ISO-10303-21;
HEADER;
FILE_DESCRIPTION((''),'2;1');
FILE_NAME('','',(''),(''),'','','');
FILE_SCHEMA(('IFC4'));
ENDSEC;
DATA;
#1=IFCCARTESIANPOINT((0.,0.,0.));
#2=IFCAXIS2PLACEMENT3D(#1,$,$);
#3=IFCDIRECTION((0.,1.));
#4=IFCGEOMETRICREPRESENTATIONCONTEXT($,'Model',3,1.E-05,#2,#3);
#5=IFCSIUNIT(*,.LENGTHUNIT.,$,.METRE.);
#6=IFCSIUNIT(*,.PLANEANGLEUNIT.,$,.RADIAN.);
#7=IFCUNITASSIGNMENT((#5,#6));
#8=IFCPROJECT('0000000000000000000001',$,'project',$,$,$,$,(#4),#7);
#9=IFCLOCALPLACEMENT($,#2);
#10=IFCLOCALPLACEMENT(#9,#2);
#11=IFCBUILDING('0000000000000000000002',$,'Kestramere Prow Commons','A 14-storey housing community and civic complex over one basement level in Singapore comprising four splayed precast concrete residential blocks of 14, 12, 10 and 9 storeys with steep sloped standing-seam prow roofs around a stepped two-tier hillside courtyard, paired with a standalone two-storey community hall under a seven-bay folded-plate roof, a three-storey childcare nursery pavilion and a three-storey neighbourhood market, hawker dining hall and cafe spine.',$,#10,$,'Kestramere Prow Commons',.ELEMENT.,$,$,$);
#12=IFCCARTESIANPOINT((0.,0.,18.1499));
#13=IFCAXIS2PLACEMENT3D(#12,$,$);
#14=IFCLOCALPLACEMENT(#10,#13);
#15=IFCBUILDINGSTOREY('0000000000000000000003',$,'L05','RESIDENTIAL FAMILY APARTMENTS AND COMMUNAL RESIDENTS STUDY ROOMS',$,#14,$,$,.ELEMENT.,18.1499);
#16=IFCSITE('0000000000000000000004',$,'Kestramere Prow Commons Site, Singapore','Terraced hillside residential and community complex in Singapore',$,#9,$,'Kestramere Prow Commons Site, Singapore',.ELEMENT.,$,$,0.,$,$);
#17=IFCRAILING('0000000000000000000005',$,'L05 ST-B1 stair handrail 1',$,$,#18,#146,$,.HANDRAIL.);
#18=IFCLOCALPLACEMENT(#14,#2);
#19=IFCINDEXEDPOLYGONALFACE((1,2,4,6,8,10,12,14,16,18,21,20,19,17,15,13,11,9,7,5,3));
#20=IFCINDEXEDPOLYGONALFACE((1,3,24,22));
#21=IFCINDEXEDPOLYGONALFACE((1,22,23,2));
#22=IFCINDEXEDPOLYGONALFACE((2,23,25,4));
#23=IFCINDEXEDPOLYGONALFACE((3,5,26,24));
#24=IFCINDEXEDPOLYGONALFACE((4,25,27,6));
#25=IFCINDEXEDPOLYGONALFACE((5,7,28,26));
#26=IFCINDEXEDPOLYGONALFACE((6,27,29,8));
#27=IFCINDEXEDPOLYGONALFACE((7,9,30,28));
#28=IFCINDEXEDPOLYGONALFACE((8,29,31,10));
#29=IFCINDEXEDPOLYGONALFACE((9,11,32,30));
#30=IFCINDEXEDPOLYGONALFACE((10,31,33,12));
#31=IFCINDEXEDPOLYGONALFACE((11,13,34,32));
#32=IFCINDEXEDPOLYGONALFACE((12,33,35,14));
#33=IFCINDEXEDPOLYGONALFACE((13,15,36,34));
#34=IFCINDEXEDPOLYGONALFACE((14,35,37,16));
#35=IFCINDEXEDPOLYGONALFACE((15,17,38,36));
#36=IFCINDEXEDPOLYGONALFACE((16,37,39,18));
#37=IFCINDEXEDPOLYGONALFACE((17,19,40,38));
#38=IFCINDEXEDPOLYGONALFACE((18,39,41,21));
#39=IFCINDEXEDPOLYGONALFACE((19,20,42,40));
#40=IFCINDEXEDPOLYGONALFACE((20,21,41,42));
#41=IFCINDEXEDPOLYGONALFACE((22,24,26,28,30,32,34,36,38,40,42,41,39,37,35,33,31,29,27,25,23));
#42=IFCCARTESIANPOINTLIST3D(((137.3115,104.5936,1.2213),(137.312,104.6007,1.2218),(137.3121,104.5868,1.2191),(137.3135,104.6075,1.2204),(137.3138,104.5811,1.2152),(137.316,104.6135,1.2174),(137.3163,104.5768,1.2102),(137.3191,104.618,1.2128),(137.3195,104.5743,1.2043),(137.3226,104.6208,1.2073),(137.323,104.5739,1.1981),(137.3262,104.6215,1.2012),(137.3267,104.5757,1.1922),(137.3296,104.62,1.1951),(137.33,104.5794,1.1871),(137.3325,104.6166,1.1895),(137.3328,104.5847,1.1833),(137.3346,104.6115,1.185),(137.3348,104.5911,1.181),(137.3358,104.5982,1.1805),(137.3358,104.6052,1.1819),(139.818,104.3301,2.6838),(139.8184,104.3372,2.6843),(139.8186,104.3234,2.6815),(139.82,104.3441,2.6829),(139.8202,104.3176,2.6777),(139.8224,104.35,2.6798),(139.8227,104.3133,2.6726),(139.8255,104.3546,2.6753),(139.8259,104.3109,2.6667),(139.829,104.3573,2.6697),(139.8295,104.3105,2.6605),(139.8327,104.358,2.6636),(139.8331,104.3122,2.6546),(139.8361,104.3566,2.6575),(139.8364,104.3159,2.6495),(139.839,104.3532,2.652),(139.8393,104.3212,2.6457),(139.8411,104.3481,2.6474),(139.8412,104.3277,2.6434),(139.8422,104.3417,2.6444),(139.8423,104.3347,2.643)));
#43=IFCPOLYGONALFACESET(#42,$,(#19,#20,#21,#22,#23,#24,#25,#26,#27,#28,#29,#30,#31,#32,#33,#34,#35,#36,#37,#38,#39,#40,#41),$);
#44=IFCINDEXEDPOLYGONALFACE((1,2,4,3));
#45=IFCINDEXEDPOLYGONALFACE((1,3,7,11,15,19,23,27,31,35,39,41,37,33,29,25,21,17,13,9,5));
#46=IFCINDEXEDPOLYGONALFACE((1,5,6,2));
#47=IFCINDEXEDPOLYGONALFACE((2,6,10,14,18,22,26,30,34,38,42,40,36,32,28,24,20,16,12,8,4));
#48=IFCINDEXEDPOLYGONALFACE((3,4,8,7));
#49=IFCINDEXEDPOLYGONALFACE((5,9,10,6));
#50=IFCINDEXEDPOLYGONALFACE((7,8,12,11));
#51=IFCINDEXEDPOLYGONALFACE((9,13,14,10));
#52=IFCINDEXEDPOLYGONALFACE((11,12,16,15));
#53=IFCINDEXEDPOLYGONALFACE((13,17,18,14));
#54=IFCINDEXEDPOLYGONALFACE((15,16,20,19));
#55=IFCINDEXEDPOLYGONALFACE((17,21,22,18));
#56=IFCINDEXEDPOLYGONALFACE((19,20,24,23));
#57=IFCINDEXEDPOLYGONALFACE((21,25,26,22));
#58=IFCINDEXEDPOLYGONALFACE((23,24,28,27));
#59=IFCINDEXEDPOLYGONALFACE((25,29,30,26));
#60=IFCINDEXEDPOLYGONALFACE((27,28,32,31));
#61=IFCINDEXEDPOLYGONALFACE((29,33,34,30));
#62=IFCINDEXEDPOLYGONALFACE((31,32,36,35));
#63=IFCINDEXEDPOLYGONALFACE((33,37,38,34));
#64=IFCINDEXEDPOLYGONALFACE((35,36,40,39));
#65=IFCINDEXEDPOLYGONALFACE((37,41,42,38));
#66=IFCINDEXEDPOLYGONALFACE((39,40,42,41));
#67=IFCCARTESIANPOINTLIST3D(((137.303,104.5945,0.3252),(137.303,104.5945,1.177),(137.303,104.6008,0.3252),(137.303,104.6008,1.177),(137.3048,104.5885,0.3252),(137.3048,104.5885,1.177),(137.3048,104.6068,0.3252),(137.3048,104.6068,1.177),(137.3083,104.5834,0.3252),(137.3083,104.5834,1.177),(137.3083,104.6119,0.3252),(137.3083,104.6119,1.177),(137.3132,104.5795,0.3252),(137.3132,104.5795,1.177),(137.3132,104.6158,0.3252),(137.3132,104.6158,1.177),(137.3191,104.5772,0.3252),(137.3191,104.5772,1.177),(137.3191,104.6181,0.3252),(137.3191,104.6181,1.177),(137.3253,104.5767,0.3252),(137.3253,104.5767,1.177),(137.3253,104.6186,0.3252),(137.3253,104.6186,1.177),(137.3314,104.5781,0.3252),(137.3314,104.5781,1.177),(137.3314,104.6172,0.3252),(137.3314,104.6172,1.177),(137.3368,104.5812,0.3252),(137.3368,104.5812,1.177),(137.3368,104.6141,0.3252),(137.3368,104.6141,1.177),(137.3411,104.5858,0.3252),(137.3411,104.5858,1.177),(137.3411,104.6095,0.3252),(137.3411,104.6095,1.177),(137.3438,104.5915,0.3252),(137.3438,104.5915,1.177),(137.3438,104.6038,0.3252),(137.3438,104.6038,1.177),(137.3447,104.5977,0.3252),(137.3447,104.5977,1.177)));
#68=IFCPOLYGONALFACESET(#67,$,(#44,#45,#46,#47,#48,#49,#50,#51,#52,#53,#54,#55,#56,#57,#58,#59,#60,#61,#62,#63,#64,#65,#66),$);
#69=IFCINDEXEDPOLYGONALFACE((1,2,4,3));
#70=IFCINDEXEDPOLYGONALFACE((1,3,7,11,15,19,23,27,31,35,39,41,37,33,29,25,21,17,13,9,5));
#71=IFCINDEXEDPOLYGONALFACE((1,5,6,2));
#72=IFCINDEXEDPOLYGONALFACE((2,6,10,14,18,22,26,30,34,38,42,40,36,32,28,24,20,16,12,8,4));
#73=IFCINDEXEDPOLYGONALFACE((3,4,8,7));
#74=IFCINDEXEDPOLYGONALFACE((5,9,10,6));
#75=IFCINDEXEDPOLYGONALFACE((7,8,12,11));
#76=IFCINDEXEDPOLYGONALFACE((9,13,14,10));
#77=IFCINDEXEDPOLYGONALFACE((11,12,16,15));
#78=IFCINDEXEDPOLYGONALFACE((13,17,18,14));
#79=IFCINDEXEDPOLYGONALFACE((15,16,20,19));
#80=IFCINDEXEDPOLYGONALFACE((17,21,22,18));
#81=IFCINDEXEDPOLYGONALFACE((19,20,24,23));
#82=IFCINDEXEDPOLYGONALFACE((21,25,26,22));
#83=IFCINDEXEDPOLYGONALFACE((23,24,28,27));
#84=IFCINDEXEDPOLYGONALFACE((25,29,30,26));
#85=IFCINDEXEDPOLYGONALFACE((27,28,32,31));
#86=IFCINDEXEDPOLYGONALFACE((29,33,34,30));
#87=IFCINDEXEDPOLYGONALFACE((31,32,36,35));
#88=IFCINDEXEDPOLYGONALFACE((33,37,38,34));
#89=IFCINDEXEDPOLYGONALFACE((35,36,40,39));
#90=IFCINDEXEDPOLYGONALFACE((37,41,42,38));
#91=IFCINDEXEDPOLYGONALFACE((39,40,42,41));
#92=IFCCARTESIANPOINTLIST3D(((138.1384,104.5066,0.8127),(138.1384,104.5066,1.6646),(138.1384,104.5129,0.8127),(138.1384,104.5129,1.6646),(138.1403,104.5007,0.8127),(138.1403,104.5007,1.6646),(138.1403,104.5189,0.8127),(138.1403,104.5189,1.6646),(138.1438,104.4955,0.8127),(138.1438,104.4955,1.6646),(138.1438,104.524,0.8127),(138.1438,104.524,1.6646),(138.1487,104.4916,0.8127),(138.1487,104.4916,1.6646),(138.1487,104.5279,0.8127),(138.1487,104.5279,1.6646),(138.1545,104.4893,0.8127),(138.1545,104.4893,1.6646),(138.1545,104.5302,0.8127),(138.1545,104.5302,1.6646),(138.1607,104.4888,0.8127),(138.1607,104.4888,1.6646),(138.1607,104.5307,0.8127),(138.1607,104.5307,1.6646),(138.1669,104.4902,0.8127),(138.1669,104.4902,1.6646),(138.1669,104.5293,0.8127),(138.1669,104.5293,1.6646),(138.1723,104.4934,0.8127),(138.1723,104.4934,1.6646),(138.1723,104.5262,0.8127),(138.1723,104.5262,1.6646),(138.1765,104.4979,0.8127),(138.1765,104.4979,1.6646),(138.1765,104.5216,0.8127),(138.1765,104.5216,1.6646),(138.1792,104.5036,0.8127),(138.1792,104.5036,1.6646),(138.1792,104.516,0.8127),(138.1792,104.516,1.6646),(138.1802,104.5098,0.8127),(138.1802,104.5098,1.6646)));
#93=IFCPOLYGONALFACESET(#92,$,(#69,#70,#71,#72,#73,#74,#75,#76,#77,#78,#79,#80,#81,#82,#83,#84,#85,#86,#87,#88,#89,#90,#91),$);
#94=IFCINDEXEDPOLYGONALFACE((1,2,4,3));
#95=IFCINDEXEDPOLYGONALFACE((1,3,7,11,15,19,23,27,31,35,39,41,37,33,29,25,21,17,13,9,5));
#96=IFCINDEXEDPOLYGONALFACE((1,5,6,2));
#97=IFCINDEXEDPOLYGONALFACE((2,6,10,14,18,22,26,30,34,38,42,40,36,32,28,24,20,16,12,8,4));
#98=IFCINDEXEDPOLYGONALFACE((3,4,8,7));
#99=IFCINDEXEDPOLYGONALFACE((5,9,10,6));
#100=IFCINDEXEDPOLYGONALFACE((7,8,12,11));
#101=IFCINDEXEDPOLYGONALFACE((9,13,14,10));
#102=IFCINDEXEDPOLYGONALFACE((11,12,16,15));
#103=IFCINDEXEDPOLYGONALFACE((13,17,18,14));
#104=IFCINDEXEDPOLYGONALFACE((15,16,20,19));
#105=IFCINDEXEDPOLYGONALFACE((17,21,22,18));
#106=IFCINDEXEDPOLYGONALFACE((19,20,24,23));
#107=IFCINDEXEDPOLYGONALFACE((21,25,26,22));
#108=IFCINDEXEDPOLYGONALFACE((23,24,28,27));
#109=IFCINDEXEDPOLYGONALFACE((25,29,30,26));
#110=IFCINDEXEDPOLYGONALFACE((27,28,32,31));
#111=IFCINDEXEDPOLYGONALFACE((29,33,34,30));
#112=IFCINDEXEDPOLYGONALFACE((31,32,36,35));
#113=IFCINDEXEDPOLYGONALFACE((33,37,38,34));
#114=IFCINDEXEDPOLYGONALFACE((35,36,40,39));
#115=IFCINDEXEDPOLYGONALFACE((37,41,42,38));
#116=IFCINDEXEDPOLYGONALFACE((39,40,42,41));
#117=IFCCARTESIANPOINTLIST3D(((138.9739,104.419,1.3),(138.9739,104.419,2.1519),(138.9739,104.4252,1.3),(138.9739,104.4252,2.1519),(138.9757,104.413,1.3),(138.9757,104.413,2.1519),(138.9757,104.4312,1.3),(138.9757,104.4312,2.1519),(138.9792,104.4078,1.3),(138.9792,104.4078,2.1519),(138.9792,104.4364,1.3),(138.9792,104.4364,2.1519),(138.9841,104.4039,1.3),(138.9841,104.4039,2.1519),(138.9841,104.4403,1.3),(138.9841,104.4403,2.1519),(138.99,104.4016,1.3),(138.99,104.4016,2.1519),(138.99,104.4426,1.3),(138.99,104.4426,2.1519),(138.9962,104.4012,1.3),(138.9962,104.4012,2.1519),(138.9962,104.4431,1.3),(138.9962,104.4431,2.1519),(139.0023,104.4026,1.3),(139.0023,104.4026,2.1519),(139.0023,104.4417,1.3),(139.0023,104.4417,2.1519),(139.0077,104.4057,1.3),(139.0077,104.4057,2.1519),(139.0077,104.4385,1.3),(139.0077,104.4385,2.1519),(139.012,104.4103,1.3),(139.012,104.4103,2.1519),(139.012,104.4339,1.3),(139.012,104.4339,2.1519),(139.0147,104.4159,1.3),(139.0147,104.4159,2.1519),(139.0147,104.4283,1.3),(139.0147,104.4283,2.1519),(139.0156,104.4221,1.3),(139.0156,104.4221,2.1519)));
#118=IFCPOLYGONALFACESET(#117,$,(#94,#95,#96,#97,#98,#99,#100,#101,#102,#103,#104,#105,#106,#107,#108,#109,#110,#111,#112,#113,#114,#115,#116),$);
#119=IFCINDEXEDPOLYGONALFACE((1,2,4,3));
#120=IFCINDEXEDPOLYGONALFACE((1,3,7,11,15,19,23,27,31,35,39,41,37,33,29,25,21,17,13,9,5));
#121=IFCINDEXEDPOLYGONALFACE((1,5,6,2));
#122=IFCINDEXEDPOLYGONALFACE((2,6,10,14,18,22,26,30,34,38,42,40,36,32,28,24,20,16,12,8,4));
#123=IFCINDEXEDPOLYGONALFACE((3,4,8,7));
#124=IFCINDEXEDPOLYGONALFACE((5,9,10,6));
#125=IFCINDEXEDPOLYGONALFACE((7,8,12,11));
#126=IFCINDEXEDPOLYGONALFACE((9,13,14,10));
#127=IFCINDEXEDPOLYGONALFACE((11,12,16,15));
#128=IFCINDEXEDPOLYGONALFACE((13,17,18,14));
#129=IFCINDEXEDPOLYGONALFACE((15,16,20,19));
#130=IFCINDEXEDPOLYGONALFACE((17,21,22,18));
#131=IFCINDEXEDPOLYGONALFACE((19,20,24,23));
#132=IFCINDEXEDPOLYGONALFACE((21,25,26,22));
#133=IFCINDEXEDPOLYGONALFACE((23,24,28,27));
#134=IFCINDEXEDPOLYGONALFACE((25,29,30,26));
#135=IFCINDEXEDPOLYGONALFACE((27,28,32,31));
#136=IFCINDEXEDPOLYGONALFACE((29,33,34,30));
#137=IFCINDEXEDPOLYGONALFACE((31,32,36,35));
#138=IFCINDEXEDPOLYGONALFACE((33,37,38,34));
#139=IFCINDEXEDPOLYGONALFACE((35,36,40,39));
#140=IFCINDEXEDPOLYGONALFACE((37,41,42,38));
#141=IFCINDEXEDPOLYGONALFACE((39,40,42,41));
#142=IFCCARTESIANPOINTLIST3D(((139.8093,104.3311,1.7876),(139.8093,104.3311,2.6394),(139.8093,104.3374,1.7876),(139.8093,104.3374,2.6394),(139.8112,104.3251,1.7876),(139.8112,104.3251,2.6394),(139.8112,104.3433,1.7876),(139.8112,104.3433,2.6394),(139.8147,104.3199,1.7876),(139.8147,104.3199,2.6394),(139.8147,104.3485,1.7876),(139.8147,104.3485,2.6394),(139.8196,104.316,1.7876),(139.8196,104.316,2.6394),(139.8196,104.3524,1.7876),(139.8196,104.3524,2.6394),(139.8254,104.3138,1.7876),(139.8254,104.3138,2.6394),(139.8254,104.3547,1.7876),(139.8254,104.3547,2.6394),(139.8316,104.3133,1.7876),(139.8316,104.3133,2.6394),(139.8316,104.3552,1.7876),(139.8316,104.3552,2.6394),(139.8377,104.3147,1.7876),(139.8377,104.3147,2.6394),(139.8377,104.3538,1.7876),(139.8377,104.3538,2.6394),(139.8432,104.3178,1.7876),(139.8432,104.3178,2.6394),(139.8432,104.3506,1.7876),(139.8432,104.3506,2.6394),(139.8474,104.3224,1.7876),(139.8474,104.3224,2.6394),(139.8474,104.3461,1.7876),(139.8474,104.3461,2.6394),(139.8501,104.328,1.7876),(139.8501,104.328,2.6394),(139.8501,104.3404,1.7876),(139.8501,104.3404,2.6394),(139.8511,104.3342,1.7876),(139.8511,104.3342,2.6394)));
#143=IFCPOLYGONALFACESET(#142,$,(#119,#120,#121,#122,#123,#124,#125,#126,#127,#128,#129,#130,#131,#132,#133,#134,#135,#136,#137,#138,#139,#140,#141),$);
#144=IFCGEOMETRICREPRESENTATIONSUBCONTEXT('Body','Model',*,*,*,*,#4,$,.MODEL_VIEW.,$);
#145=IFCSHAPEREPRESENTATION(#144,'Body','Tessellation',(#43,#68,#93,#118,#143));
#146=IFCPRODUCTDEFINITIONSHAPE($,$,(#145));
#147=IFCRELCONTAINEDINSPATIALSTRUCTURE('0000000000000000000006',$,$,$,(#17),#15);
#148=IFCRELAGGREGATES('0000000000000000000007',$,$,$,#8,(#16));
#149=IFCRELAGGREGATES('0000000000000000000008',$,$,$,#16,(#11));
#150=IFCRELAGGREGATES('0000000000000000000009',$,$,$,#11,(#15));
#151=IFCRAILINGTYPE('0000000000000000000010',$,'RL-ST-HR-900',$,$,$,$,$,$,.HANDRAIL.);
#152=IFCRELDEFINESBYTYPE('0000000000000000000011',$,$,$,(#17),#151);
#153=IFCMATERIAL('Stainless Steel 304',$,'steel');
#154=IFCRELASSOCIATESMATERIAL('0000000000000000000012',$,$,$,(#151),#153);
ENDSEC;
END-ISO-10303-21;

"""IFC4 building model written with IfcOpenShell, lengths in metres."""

from ifc_helpers import new_model, si_unit, direction, frame, origin, origin_2d, place, context, subcontext, project, spatial, circle, extrude, material, type_object, element, save


model = new_model("IFC4")

# Units and contexts
model_context = context("Model", 3, precision=1e-05, world=origin(), true_north=direction((0.0, 1.0)))
body_context = subcontext(model_context, "Body", "Model", "MODEL_VIEW")
ifc_project = project(units=[si_unit("LENGTHUNIT", "METRE"), si_unit("PLANEANGLEUNIT", "RADIAN")], contexts=[model_context])

# Site, building, storey
site_placement = place(None, origin())
site = spatial("IfcSite", under=ifc_project, at=site_placement, Name="Kestramere Prow Commons Site, Singapore", Description="Terraced hillside residential and community complex in Singapore", LongName="Kestramere Prow Commons Site, Singapore", CompositionType="ELEMENT", RefElevation=0.0)
building_placement = place(site_placement, origin())
building = spatial("IfcBuilding", under=site, at=building_placement, Name="Kestramere Prow Commons", Description="A 14-storey housing community and civic complex over one basement level in Singapore comprising four splayed precast concrete residential blocks of 14, 12, 10 and 9 storeys with steep sloped standing-seam prow roofs around a stepped two-tier hillside courtyard, paired with a standalone two-storey community hall under a seven-bay folded-plate roof, a three-storey childcare nursery pavilion and a three-storey neighbourhood market, hawker dining hall and cafe spine.", LongName="Kestramere Prow Commons", CompositionType="ELEMENT")
storey_placement = place(building_placement, frame((0.0, 0.0, 18.1499)))
storey = spatial("IfcBuildingStorey", under=building, at=storey_placement, Name="L05", Description="RESIDENTIAL FAMILY APARTMENTS AND COMMUNAL RESIDENTS STUDY ROOMS", CompositionType="ELEMENT", Elevation=18.1499)

# Railing
ifc_material_1 = material(Name="Stainless Steel 304", Category="steel")
railing_type_1 = type_object("IfcRailingType", Name="RL-ST-HR-900", PredefinedType="HANDRAIL", material=ifc_material_1)
railing_1_placement = place(storey_placement, frame((137.3237, 104.5977, 0.3252)))
element("IfcRailing", 1, at=railing_1_placement, inside=storey, type_object=railing_type_1, Name="L05 ST-B1 stair handrail 1", PredefinedType="HANDRAIL", context=body_context, shape_type="SweptSolid", body=[
    extrude(circle(Radius=0.0239, at=origin_2d()), frame((0.0, 0.0, 0.876), z_axis=(0.860187, -0.090409, 0.501901), x_axis=(0.104528, 0.994522, 0.0)), (0.0, 0.0, 1.0), 2.9138),
    extrude(circle(Radius=0.021, at=origin_2d()), origin(), (0.0, 0.0, 1.0), 0.8518),
    extrude(circle(Radius=0.021, at=origin_2d()), frame((0.8354, -0.0879, 0.4875)), (0.0, 0.0, 1.0), 0.8518),
    extrude(circle(Radius=0.021, at=origin_2d()), frame((1.6709, -0.1755, 0.9749)), (0.0, 0.0, 1.0), 0.8518),
    extrude(circle(Radius=0.021, at=origin_2d()), frame((2.5063, -0.2634, 1.4624)), (0.0, 0.0, 1.0), 0.8518),
])

save(model, "model.ifc")
